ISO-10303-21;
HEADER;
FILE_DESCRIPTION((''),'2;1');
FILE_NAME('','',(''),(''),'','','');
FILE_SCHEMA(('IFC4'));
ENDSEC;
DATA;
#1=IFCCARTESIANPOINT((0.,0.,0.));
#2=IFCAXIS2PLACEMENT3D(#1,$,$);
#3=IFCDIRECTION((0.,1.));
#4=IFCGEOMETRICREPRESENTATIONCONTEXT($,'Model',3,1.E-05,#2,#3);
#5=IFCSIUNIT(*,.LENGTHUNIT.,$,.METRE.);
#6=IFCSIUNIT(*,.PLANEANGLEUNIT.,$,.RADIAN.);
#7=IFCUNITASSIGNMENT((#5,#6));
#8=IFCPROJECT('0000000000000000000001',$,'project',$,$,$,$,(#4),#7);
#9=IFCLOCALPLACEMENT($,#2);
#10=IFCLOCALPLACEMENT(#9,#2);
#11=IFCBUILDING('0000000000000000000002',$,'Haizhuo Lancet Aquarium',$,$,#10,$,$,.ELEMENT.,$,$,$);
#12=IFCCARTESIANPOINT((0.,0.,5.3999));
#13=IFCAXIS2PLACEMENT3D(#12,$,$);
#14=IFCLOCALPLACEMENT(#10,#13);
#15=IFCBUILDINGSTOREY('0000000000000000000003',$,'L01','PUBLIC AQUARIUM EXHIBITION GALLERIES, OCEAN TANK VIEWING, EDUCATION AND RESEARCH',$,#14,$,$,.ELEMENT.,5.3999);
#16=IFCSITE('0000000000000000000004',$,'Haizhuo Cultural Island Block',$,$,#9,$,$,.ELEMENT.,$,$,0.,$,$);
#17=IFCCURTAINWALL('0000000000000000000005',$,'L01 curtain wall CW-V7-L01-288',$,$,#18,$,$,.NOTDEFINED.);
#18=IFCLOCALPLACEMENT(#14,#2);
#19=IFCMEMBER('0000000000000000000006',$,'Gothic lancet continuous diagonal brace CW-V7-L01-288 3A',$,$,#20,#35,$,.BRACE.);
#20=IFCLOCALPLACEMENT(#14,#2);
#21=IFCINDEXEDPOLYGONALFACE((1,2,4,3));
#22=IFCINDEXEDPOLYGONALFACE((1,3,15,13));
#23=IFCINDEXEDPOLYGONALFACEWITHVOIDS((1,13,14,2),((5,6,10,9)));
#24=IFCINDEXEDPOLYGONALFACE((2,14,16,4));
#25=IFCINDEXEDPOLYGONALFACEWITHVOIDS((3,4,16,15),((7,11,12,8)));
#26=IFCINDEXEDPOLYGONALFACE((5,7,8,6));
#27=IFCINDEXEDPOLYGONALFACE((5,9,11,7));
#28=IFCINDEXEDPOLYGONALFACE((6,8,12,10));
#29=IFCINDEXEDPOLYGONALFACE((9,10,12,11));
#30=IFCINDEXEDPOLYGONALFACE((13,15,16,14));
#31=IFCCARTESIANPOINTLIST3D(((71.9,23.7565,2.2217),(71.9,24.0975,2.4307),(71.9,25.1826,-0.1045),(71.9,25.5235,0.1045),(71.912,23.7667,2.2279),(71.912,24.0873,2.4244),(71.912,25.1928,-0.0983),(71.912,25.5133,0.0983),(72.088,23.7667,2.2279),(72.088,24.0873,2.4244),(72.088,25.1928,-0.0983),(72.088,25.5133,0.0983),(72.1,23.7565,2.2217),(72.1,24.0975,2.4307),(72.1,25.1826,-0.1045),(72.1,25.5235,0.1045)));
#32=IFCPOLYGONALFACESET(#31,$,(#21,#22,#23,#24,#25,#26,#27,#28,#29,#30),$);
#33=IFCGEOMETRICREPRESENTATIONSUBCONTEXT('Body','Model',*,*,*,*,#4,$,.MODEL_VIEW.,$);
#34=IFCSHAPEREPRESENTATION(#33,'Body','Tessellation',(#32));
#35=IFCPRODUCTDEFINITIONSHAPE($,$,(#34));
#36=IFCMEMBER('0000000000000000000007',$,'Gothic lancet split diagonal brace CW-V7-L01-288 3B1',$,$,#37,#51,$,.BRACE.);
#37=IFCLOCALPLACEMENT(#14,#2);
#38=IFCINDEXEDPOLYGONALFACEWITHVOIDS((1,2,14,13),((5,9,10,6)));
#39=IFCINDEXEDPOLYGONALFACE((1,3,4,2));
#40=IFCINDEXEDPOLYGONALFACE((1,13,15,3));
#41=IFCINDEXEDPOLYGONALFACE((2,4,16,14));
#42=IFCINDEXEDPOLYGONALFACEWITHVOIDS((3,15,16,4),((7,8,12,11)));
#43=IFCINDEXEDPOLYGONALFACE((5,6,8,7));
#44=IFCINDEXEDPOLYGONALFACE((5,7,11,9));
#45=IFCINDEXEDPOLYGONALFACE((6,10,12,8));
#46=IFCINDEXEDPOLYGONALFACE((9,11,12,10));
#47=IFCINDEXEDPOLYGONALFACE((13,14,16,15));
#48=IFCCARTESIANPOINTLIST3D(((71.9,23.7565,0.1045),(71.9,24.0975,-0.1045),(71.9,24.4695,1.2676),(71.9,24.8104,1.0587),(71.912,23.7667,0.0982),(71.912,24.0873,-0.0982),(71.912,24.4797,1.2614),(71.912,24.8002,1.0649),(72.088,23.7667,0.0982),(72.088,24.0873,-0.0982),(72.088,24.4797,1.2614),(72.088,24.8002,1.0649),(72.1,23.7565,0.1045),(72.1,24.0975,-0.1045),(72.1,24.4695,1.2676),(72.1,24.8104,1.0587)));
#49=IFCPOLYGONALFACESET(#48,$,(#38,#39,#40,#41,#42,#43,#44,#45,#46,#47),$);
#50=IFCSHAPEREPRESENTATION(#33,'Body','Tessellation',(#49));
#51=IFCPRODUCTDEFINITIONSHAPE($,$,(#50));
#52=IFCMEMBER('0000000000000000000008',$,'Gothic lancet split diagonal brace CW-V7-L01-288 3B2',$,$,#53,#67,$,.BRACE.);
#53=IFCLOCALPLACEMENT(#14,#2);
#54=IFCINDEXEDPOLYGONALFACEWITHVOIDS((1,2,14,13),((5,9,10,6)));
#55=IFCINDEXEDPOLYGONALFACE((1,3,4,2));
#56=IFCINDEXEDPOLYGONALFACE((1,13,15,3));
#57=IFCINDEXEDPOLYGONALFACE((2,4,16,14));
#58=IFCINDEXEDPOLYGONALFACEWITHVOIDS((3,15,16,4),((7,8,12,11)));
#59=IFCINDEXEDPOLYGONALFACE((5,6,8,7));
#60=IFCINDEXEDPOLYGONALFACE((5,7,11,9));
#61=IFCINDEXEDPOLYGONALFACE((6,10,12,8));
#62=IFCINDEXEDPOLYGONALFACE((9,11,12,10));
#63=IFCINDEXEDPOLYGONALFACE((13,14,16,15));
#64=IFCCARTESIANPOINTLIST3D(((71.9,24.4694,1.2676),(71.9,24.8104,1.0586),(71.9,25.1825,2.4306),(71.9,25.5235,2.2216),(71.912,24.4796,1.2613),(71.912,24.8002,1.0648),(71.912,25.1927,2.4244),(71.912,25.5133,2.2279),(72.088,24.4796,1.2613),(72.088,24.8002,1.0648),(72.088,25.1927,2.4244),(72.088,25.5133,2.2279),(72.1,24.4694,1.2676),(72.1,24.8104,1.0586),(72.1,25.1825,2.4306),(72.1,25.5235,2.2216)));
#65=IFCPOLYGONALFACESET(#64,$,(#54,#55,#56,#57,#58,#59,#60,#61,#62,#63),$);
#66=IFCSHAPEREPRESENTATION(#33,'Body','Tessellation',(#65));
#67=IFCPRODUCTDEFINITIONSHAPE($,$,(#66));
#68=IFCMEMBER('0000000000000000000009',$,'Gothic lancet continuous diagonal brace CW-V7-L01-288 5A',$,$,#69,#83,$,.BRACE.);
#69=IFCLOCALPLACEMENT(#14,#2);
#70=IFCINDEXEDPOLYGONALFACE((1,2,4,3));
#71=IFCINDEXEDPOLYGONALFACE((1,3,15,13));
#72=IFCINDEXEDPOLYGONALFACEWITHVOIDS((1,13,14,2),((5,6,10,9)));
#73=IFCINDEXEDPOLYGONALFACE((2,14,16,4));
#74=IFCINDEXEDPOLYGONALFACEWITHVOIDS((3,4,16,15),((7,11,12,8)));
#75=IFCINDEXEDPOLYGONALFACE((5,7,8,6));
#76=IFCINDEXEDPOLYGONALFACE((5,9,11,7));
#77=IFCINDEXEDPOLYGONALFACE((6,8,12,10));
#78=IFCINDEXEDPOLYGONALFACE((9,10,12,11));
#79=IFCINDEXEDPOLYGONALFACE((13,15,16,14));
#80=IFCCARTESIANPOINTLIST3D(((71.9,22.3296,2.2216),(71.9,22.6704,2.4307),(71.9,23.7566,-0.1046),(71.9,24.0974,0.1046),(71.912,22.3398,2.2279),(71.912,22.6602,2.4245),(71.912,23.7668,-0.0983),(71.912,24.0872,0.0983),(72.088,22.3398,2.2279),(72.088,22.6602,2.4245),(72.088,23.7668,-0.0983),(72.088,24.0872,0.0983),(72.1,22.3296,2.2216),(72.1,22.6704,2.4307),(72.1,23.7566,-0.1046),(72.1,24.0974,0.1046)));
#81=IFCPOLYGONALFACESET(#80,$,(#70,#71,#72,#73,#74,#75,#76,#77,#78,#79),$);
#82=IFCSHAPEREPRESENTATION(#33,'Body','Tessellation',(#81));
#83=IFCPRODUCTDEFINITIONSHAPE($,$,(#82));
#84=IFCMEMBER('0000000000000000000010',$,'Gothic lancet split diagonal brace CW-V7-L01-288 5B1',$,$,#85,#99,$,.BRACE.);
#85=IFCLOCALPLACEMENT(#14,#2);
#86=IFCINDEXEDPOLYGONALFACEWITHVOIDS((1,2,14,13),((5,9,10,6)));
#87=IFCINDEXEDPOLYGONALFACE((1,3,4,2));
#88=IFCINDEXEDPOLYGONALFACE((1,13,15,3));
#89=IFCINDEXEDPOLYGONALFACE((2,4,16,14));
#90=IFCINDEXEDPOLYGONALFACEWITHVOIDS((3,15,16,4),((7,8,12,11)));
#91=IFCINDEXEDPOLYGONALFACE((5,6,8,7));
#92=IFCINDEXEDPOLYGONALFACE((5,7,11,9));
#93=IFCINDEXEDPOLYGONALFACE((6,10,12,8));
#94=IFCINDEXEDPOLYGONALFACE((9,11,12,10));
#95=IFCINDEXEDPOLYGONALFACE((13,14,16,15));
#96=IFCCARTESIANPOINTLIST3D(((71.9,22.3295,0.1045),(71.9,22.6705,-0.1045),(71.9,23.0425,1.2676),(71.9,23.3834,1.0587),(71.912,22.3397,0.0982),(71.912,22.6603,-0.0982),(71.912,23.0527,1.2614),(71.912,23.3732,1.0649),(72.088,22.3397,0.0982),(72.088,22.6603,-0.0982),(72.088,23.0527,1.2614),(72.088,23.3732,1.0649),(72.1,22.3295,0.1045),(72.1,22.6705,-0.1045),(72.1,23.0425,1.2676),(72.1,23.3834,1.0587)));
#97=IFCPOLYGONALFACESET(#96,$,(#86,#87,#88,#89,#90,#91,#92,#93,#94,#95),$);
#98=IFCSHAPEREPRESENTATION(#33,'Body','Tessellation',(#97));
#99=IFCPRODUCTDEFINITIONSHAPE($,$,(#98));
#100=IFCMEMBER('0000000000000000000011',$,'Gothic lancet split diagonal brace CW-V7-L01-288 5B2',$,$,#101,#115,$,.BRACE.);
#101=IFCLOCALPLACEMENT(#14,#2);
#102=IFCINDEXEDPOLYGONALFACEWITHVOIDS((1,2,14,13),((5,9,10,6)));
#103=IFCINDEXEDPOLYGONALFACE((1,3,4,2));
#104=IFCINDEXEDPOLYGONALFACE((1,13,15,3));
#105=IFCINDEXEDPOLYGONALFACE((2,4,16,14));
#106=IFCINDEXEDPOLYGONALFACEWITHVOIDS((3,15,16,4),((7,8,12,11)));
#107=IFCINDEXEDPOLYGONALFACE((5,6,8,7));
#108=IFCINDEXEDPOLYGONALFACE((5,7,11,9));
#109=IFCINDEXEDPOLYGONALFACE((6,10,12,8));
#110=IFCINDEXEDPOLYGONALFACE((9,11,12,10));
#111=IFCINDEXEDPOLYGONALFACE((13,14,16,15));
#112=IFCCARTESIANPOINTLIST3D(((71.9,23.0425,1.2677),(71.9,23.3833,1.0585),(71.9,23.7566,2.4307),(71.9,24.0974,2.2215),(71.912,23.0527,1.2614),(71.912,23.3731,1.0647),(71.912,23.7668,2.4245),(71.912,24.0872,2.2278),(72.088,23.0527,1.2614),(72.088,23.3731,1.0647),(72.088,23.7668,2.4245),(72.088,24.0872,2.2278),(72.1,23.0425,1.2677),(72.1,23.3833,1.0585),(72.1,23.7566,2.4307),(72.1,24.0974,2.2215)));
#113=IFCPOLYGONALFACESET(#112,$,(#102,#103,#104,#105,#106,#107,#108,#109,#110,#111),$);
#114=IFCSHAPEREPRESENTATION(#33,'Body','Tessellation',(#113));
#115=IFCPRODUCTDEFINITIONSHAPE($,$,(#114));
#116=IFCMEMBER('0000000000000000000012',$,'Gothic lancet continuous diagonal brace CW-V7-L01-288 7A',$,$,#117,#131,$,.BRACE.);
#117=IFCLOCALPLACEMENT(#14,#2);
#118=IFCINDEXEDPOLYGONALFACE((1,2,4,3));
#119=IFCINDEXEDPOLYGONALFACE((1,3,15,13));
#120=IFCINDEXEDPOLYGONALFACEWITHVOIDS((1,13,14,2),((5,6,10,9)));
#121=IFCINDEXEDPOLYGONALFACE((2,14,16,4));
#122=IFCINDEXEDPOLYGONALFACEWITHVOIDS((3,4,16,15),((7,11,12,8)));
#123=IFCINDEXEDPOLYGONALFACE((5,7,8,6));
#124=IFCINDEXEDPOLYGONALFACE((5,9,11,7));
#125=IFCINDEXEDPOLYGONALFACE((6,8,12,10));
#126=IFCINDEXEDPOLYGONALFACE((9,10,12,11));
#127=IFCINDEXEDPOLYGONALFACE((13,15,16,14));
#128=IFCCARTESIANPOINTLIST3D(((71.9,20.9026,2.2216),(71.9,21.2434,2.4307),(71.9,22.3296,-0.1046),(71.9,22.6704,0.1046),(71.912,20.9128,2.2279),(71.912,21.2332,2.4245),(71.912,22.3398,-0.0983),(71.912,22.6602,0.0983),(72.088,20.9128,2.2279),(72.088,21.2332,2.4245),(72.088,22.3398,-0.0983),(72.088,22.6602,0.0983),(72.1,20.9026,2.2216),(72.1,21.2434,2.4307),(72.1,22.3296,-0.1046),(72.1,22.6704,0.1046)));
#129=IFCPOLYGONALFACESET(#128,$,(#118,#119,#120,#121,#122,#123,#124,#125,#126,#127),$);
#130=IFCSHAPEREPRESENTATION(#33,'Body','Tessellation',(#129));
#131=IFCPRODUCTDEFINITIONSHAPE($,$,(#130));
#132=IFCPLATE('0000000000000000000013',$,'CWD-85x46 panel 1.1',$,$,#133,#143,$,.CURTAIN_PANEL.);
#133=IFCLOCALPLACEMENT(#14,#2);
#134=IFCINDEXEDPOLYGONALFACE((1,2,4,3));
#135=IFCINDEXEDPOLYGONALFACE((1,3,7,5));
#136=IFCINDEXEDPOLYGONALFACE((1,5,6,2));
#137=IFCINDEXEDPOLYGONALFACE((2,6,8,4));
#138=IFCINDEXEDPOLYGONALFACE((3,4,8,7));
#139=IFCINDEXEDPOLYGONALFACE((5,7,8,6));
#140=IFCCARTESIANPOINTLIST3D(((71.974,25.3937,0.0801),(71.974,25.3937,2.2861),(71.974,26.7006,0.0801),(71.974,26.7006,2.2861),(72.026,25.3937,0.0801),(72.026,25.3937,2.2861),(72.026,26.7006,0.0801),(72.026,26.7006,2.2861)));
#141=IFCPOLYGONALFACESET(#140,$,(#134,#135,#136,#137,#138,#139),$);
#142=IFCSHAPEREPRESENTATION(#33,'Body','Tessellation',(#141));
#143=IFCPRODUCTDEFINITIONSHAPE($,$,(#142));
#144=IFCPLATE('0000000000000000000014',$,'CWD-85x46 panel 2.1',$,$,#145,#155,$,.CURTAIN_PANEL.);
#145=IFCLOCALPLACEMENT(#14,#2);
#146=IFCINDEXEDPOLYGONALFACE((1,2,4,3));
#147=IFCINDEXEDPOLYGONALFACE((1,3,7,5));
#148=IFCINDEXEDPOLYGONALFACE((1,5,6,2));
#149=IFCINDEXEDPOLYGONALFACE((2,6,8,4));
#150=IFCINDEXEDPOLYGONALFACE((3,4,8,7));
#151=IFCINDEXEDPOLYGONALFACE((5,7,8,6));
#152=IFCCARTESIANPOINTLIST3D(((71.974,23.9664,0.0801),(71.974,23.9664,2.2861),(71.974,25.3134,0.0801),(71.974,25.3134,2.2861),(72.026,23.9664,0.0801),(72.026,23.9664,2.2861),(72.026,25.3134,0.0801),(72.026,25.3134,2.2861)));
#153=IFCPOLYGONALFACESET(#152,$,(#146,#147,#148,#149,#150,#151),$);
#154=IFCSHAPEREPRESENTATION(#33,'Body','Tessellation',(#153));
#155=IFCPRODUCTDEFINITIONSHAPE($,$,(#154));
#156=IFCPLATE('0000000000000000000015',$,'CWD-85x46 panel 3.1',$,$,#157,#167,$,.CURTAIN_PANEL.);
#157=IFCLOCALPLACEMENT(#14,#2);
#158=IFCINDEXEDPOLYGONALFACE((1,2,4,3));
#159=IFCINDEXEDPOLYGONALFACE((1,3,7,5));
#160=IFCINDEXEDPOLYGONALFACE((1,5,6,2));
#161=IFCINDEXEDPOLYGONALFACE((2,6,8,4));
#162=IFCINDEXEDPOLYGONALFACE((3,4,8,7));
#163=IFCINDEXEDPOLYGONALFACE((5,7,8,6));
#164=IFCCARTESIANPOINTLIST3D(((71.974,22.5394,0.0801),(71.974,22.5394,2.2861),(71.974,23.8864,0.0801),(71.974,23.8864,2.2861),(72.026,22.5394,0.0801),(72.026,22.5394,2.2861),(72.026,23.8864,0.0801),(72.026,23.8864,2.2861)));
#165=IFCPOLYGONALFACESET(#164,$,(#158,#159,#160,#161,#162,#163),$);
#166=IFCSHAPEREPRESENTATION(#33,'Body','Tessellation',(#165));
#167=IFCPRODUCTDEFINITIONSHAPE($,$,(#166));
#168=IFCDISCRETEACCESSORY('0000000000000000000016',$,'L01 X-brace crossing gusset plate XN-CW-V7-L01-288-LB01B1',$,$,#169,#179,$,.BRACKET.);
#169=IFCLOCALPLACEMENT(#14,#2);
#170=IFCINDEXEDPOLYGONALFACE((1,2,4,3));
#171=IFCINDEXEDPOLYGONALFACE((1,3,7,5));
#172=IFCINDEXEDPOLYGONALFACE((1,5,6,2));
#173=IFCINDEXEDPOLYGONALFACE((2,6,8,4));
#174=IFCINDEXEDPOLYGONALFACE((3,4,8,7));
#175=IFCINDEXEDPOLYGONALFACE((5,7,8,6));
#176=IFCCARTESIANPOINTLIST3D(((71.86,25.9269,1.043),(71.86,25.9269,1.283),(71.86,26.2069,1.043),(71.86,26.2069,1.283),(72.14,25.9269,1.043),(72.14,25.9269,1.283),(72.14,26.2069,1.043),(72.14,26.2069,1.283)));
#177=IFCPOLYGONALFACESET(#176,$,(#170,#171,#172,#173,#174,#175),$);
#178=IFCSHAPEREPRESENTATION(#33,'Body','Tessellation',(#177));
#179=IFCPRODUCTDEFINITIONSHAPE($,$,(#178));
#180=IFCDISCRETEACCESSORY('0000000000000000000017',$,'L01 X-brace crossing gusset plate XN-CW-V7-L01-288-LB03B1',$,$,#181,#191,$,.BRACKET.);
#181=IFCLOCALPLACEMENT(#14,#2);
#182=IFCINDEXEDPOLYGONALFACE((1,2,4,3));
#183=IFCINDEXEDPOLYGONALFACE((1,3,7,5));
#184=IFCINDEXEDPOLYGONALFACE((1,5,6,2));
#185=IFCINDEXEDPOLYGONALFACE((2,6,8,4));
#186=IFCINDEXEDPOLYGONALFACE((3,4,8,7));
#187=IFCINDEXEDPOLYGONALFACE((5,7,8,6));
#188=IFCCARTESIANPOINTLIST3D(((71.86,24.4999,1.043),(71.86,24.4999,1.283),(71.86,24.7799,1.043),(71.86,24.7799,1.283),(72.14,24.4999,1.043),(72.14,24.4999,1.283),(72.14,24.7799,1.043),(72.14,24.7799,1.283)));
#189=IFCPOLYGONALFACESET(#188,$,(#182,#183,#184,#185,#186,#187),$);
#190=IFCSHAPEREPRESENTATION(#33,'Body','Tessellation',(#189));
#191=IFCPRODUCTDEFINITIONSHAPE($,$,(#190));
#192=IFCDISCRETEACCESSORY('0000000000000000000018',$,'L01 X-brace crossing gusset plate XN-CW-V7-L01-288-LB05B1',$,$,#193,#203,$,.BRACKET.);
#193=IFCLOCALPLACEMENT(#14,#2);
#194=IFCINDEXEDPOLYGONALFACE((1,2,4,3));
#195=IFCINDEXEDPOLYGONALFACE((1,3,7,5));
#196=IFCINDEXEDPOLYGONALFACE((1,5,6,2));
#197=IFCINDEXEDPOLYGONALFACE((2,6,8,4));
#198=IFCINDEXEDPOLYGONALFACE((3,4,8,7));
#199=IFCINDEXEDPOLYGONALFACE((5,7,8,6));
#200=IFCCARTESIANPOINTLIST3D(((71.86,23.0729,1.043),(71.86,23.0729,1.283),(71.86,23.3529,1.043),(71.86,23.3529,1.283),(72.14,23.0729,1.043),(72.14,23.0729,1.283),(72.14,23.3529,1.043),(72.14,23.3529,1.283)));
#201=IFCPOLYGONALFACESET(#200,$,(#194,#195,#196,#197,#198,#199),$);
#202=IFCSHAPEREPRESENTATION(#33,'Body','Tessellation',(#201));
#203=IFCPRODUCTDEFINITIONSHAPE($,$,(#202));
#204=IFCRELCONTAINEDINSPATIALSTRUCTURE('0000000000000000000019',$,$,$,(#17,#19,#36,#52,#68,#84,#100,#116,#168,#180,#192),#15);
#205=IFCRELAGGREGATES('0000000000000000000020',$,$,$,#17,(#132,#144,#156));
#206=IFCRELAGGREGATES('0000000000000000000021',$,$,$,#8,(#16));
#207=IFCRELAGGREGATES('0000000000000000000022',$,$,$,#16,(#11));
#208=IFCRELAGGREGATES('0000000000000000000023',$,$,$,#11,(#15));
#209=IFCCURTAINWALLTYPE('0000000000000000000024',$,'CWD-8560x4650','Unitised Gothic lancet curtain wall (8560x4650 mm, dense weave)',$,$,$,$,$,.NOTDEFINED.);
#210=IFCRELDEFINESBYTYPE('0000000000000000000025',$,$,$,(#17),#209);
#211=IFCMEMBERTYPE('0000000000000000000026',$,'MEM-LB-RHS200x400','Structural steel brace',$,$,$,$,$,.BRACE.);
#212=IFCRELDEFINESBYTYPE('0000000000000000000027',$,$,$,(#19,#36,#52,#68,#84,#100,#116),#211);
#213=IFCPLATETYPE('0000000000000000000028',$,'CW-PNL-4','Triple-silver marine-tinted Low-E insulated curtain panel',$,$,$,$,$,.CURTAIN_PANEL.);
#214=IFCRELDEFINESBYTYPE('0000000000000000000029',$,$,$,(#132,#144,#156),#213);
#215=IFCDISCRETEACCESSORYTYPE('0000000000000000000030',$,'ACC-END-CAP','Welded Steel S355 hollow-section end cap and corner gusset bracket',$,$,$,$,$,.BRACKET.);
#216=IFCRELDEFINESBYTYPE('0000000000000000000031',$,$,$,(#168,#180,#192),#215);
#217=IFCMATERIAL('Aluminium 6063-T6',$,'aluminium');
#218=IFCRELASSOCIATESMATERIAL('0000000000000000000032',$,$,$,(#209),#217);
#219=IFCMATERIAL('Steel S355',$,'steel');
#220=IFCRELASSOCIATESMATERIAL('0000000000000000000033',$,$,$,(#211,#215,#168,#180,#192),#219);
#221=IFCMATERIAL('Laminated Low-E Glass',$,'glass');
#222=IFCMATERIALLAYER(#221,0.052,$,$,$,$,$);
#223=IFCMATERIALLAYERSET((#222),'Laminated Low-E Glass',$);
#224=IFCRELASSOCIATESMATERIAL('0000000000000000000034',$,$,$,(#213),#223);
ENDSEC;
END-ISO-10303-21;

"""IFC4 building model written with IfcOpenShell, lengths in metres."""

from ifc_helpers import new_model, si_unit, direction, frame, origin, origin_2d, place, context, subcontext, project, spatial, rectangle, hollow_rectangle, extrude, material, layer, layer_set, material_profile, profile_set, type_object, element, aggregate, save


model = new_model("IFC4")

# Units and contexts
model_context = context("Model", 3, precision=1e-05, world=origin(), true_north=direction((0.0, 1.0)))
body_context = subcontext(model_context, "Body", "Model", "MODEL_VIEW")
ifc_project = project(units=[si_unit("LENGTHUNIT", "METRE"), si_unit("PLANEANGLEUNIT", "RADIAN")], contexts=[model_context])

# Site, building, storey
site_placement = place(None, origin())
site = spatial("IfcSite", under=ifc_project, at=site_placement, Name="Haizhuo Cultural Island Block", CompositionType="ELEMENT", RefElevation=0.0)
building_placement = place(site_placement, origin())
building = spatial("IfcBuilding", under=site, at=building_placement, Name="Haizhuo Lancet Aquarium", CompositionType="ELEMENT")
storey_placement = place(building_placement, frame((0.0, 0.0, 5.3999)))
storey = spatial("IfcBuildingStorey", under=building, at=storey_placement, Name="L01", Description="PUBLIC AQUARIUM EXHIBITION GALLERIES, OCEAN TANK VIEWING, EDUCATION AND RESEARCH", CompositionType="ELEMENT", Elevation=5.3999)

# Curtain wall
ifc_material_1 = material(Name="Aluminium 6063-T6", Category="aluminium")
curtain_wall_type = type_object("IfcCurtainWallType", Name="CWD-8560x4650", Description="Unitised Gothic lancet curtain wall (8560x4650 mm, dense weave)", PredefinedType="NOTDEFINED", material=ifc_material_1)
curtain_wall_placement = place(storey_placement, origin())
curtain_wall = element("IfcCurtainWall", 1, at=curtain_wall_placement, inside=storey, type_object=curtain_wall_type, Name="L01 curtain wall CW-V7-L01-288", PredefinedType="NOTDEFINED")

# Members
ifc_material_2 = material(Name="Steel S355", Category="steel")
ifc_material_profile_1 = material_profile(ifc_material_2, hollow_rectangle(XDim=0.2, YDim=0.3999, WallThickness=0.012, at=origin_2d()), Name="RHS 200x400x12")
ifc_profile_set_1 = profile_set([ifc_material_profile_1], Name="Steel S355")
member_type_1 = type_object("IfcMemberType", Name="MEM-LB-RHS200x400", Description="Structural steel brace", PredefinedType="BRACE", material=ifc_profile_set_1)
member_1_placement = place(storey_placement, frame((72.0, 25.353, 0.0), z_axis=(0.0, -0.522644, 0.852551), x_axis=(1.0, 0.0, 0.0)))
element("IfcMember", 2, at=member_1_placement, inside=storey, type_object=member_type_1, Name="Gothic lancet continuous diagonal brace CW-V7-L01-288 3A", PredefinedType="BRACE", context=body_context, shape_type="SweptSolid", body=[
    extrude(hollow_rectangle(XDim=0.2, YDim=0.3999, WallThickness=0.012, at=origin_2d()), origin(), (0.0, 0.0, 1.0), 2.7285),
])
for number, where, z_axis, x_axis, name in (
    (3, (72.0, 23.927, 0.0), (0.0, 0.522579, 0.852591), (-1.0, 0.0, 0.0), "Gothic lancet split diagonal brace CW-V7-L01-288 3B1"),
    (4, (72.0, 24.6399, 1.1631), (0.0, 0.522709, 0.852511), (-1.0, 0.0, 0.0), "Gothic lancet split diagonal brace CW-V7-L01-288 3B2"),
):
    element("IfcMember", number, at=place(storey_placement, frame(where, z_axis=z_axis, x_axis=x_axis)), inside=storey, type_object=member_type_1, Name=name, PredefinedType="BRACE", context=body_context, shape_type="SweptSolid", body=[
        extrude(hollow_rectangle(XDim=0.2, YDim=0.3999, WallThickness=0.012, at=origin_2d()), origin(), (0.0, 0.0, 1.0), 1.3643),
    ])
member_2_placement = place(storey_placement, frame((72.0, 23.927, 0.0), z_axis=(0.0, -0.522904, 0.852392), x_axis=(1.0, 0.0, 0.0)))
element("IfcMember", 5, at=member_2_placement, inside=storey, type_object=member_type_1, Name="Gothic lancet continuous diagonal brace CW-V7-L01-288 5A", PredefinedType="BRACE", context=body_context, shape_type="SweptSolid", body=[
    extrude(hollow_rectangle(XDim=0.2, YDim=0.3999, WallThickness=0.012, at=origin_2d()), origin(), (0.0, 0.0, 1.0), 2.729),
])
member_3_placement = place(storey_placement, frame((72.0, 22.5, 0.0), z_axis=(0.0, 0.522579, 0.852591), x_axis=(-1.0, 0.0, 0.0)))
element("IfcMember", 6, at=member_3_placement, inside=storey, type_object=member_type_1, Name="Gothic lancet split diagonal brace CW-V7-L01-288 5B1", PredefinedType="BRACE", context=body_context, shape_type="SweptSolid", body=[
    extrude(hollow_rectangle(XDim=0.2, YDim=0.3999, WallThickness=0.012, at=origin_2d()), origin(), (0.0, 0.0, 1.0), 1.3643),
])
member_4_placement = place(storey_placement, frame((72.0, 23.2129, 1.1631), z_axis=(0.0, 0.523229, 0.852192), x_axis=(-1.0, 0.0, 0.0)))
element("IfcMember", 7, at=member_4_placement, inside=storey, type_object=member_type_1, Name="Gothic lancet split diagonal brace CW-V7-L01-288 5B2", PredefinedType="BRACE", context=body_context, shape_type="SweptSolid", body=[
    extrude(hollow_rectangle(XDim=0.2, YDim=0.3999, WallThickness=0.012, at=origin_2d()), origin(), (0.0, 0.0, 1.0), 1.3647),
])
member_5_placement = place(storey_placement, frame((72.0, 22.5, 0.0), z_axis=(0.0, -0.522904, 0.852392), x_axis=(1.0, 0.0, 0.0)))
element("IfcMember", 8, at=member_5_placement, inside=storey, type_object=member_type_1, Name="Gothic lancet continuous diagonal brace CW-V7-L01-288 7A", PredefinedType="BRACE", context=body_context, shape_type="SweptSolid", body=[
    extrude(hollow_rectangle(XDim=0.2, YDim=0.3999, WallThickness=0.012, at=origin_2d()), origin(), (0.0, 0.0, 1.0), 2.729),
])

# Plates
ifc_material_3 = material(Name="Laminated Low-E Glass", Category="glass")
ifc_layer = layer(ifc_material_3, 0.052)
ifc_layer_set = layer_set([ifc_layer], Name="Laminated Low-E Glass")
plate_type = type_object("IfcPlateType", Name="CW-PNL-4", Description="Triple-silver marine-tinted Low-E insulated curtain panel", PredefinedType="CURTAIN_PANEL", material=ifc_layer_set)
plate_1_placement = place(storey_placement, frame((72.0, 26.0471, 0.0801), z_axis=(0.0, 0.0, 1.0), x_axis=(0.0, -1.0, 0.0)))
plate_1 = element("IfcPlate", 9, at=plate_1_placement, type_object=plate_type, Name="CWD-85x46 panel 1.1", PredefinedType="CURTAIN_PANEL", context=body_context, shape_type="SweptSolid", body=[
    extrude(rectangle(XDim=1.3069, YDim=0.052, at=origin_2d()), origin(), (0.0, 0.0, 1.0), 2.2061),
])
plate_2_placement = place(storey_placement, frame((72.0, 24.6399, 0.0801), z_axis=(0.0, 0.0, 1.0), x_axis=(0.0, -1.0, 0.0)))
plate_2 = element("IfcPlate", 10, at=plate_2_placement, type_object=plate_type, Name="CWD-85x46 panel 2.1", PredefinedType="CURTAIN_PANEL", context=body_context, shape_type="SweptSolid", body=[
    extrude(rectangle(XDim=1.3469, YDim=0.052, at=origin_2d()), origin(), (0.0, 0.0, 1.0), 2.2061),
])
plate_3_placement = place(storey_placement, frame((72.0, 23.2129, 0.0801), z_axis=(0.0, 0.0, 1.0), x_axis=(0.0, -1.0, 0.0)))
plate_3 = element("IfcPlate", 11, at=plate_3_placement, type_object=plate_type, Name="CWD-85x46 panel 3.1", PredefinedType="CURTAIN_PANEL", context=body_context, shape_type="SweptSolid", body=[
    extrude(rectangle(XDim=1.3469, YDim=0.052, at=origin_2d()), origin(), (0.0, 0.0, 1.0), 2.2061),
])
aggregate(curtain_wall, [plate_1, plate_2, plate_3])

# Discrete accessories
discrete_accessory_type = type_object("IfcDiscreteAccessoryType", Name="ACC-END-CAP", Description="Welded Steel S355 hollow-section end cap and corner gusset bracket", PredefinedType="BRACKET", material=ifc_material_2)
for number, where, z_axis, x_axis, name in (
    (12, (72.0, 26.0669, 1.043), (0.0, 0.0, 1.0), (1.0, 0.0, 0.0), "L01 X-brace crossing gusset plate XN-CW-V7-L01-288-LB01B1"),
    (13, (72.0, 24.6399, 1.043), (0.0, 0.0, 1.0), (1.0, 0.0, 0.0), "L01 X-brace crossing gusset plate XN-CW-V7-L01-288-LB03B1"),
    (14, (72.0, 23.2129, 1.043), (0.0, 0.0, 1.0), (1.0, 0.0, 0.0), "L01 X-brace crossing gusset plate XN-CW-V7-L01-288-LB05B1"),
):
    element("IfcDiscreteAccessory", number, at=place(storey_placement, frame(where, z_axis=z_axis, x_axis=x_axis)), inside=storey, type_object=discrete_accessory_type, material=ifc_material_2, Name=name, PredefinedType="BRACKET", context=body_context, shape_type="SweptSolid", body=[
        extrude(rectangle(XDim=0.28, YDim=0.28, at=origin_2d()), origin(), (0.0, 0.0, 1.0), 0.24),
    ])

save(model, "model.ifc")
